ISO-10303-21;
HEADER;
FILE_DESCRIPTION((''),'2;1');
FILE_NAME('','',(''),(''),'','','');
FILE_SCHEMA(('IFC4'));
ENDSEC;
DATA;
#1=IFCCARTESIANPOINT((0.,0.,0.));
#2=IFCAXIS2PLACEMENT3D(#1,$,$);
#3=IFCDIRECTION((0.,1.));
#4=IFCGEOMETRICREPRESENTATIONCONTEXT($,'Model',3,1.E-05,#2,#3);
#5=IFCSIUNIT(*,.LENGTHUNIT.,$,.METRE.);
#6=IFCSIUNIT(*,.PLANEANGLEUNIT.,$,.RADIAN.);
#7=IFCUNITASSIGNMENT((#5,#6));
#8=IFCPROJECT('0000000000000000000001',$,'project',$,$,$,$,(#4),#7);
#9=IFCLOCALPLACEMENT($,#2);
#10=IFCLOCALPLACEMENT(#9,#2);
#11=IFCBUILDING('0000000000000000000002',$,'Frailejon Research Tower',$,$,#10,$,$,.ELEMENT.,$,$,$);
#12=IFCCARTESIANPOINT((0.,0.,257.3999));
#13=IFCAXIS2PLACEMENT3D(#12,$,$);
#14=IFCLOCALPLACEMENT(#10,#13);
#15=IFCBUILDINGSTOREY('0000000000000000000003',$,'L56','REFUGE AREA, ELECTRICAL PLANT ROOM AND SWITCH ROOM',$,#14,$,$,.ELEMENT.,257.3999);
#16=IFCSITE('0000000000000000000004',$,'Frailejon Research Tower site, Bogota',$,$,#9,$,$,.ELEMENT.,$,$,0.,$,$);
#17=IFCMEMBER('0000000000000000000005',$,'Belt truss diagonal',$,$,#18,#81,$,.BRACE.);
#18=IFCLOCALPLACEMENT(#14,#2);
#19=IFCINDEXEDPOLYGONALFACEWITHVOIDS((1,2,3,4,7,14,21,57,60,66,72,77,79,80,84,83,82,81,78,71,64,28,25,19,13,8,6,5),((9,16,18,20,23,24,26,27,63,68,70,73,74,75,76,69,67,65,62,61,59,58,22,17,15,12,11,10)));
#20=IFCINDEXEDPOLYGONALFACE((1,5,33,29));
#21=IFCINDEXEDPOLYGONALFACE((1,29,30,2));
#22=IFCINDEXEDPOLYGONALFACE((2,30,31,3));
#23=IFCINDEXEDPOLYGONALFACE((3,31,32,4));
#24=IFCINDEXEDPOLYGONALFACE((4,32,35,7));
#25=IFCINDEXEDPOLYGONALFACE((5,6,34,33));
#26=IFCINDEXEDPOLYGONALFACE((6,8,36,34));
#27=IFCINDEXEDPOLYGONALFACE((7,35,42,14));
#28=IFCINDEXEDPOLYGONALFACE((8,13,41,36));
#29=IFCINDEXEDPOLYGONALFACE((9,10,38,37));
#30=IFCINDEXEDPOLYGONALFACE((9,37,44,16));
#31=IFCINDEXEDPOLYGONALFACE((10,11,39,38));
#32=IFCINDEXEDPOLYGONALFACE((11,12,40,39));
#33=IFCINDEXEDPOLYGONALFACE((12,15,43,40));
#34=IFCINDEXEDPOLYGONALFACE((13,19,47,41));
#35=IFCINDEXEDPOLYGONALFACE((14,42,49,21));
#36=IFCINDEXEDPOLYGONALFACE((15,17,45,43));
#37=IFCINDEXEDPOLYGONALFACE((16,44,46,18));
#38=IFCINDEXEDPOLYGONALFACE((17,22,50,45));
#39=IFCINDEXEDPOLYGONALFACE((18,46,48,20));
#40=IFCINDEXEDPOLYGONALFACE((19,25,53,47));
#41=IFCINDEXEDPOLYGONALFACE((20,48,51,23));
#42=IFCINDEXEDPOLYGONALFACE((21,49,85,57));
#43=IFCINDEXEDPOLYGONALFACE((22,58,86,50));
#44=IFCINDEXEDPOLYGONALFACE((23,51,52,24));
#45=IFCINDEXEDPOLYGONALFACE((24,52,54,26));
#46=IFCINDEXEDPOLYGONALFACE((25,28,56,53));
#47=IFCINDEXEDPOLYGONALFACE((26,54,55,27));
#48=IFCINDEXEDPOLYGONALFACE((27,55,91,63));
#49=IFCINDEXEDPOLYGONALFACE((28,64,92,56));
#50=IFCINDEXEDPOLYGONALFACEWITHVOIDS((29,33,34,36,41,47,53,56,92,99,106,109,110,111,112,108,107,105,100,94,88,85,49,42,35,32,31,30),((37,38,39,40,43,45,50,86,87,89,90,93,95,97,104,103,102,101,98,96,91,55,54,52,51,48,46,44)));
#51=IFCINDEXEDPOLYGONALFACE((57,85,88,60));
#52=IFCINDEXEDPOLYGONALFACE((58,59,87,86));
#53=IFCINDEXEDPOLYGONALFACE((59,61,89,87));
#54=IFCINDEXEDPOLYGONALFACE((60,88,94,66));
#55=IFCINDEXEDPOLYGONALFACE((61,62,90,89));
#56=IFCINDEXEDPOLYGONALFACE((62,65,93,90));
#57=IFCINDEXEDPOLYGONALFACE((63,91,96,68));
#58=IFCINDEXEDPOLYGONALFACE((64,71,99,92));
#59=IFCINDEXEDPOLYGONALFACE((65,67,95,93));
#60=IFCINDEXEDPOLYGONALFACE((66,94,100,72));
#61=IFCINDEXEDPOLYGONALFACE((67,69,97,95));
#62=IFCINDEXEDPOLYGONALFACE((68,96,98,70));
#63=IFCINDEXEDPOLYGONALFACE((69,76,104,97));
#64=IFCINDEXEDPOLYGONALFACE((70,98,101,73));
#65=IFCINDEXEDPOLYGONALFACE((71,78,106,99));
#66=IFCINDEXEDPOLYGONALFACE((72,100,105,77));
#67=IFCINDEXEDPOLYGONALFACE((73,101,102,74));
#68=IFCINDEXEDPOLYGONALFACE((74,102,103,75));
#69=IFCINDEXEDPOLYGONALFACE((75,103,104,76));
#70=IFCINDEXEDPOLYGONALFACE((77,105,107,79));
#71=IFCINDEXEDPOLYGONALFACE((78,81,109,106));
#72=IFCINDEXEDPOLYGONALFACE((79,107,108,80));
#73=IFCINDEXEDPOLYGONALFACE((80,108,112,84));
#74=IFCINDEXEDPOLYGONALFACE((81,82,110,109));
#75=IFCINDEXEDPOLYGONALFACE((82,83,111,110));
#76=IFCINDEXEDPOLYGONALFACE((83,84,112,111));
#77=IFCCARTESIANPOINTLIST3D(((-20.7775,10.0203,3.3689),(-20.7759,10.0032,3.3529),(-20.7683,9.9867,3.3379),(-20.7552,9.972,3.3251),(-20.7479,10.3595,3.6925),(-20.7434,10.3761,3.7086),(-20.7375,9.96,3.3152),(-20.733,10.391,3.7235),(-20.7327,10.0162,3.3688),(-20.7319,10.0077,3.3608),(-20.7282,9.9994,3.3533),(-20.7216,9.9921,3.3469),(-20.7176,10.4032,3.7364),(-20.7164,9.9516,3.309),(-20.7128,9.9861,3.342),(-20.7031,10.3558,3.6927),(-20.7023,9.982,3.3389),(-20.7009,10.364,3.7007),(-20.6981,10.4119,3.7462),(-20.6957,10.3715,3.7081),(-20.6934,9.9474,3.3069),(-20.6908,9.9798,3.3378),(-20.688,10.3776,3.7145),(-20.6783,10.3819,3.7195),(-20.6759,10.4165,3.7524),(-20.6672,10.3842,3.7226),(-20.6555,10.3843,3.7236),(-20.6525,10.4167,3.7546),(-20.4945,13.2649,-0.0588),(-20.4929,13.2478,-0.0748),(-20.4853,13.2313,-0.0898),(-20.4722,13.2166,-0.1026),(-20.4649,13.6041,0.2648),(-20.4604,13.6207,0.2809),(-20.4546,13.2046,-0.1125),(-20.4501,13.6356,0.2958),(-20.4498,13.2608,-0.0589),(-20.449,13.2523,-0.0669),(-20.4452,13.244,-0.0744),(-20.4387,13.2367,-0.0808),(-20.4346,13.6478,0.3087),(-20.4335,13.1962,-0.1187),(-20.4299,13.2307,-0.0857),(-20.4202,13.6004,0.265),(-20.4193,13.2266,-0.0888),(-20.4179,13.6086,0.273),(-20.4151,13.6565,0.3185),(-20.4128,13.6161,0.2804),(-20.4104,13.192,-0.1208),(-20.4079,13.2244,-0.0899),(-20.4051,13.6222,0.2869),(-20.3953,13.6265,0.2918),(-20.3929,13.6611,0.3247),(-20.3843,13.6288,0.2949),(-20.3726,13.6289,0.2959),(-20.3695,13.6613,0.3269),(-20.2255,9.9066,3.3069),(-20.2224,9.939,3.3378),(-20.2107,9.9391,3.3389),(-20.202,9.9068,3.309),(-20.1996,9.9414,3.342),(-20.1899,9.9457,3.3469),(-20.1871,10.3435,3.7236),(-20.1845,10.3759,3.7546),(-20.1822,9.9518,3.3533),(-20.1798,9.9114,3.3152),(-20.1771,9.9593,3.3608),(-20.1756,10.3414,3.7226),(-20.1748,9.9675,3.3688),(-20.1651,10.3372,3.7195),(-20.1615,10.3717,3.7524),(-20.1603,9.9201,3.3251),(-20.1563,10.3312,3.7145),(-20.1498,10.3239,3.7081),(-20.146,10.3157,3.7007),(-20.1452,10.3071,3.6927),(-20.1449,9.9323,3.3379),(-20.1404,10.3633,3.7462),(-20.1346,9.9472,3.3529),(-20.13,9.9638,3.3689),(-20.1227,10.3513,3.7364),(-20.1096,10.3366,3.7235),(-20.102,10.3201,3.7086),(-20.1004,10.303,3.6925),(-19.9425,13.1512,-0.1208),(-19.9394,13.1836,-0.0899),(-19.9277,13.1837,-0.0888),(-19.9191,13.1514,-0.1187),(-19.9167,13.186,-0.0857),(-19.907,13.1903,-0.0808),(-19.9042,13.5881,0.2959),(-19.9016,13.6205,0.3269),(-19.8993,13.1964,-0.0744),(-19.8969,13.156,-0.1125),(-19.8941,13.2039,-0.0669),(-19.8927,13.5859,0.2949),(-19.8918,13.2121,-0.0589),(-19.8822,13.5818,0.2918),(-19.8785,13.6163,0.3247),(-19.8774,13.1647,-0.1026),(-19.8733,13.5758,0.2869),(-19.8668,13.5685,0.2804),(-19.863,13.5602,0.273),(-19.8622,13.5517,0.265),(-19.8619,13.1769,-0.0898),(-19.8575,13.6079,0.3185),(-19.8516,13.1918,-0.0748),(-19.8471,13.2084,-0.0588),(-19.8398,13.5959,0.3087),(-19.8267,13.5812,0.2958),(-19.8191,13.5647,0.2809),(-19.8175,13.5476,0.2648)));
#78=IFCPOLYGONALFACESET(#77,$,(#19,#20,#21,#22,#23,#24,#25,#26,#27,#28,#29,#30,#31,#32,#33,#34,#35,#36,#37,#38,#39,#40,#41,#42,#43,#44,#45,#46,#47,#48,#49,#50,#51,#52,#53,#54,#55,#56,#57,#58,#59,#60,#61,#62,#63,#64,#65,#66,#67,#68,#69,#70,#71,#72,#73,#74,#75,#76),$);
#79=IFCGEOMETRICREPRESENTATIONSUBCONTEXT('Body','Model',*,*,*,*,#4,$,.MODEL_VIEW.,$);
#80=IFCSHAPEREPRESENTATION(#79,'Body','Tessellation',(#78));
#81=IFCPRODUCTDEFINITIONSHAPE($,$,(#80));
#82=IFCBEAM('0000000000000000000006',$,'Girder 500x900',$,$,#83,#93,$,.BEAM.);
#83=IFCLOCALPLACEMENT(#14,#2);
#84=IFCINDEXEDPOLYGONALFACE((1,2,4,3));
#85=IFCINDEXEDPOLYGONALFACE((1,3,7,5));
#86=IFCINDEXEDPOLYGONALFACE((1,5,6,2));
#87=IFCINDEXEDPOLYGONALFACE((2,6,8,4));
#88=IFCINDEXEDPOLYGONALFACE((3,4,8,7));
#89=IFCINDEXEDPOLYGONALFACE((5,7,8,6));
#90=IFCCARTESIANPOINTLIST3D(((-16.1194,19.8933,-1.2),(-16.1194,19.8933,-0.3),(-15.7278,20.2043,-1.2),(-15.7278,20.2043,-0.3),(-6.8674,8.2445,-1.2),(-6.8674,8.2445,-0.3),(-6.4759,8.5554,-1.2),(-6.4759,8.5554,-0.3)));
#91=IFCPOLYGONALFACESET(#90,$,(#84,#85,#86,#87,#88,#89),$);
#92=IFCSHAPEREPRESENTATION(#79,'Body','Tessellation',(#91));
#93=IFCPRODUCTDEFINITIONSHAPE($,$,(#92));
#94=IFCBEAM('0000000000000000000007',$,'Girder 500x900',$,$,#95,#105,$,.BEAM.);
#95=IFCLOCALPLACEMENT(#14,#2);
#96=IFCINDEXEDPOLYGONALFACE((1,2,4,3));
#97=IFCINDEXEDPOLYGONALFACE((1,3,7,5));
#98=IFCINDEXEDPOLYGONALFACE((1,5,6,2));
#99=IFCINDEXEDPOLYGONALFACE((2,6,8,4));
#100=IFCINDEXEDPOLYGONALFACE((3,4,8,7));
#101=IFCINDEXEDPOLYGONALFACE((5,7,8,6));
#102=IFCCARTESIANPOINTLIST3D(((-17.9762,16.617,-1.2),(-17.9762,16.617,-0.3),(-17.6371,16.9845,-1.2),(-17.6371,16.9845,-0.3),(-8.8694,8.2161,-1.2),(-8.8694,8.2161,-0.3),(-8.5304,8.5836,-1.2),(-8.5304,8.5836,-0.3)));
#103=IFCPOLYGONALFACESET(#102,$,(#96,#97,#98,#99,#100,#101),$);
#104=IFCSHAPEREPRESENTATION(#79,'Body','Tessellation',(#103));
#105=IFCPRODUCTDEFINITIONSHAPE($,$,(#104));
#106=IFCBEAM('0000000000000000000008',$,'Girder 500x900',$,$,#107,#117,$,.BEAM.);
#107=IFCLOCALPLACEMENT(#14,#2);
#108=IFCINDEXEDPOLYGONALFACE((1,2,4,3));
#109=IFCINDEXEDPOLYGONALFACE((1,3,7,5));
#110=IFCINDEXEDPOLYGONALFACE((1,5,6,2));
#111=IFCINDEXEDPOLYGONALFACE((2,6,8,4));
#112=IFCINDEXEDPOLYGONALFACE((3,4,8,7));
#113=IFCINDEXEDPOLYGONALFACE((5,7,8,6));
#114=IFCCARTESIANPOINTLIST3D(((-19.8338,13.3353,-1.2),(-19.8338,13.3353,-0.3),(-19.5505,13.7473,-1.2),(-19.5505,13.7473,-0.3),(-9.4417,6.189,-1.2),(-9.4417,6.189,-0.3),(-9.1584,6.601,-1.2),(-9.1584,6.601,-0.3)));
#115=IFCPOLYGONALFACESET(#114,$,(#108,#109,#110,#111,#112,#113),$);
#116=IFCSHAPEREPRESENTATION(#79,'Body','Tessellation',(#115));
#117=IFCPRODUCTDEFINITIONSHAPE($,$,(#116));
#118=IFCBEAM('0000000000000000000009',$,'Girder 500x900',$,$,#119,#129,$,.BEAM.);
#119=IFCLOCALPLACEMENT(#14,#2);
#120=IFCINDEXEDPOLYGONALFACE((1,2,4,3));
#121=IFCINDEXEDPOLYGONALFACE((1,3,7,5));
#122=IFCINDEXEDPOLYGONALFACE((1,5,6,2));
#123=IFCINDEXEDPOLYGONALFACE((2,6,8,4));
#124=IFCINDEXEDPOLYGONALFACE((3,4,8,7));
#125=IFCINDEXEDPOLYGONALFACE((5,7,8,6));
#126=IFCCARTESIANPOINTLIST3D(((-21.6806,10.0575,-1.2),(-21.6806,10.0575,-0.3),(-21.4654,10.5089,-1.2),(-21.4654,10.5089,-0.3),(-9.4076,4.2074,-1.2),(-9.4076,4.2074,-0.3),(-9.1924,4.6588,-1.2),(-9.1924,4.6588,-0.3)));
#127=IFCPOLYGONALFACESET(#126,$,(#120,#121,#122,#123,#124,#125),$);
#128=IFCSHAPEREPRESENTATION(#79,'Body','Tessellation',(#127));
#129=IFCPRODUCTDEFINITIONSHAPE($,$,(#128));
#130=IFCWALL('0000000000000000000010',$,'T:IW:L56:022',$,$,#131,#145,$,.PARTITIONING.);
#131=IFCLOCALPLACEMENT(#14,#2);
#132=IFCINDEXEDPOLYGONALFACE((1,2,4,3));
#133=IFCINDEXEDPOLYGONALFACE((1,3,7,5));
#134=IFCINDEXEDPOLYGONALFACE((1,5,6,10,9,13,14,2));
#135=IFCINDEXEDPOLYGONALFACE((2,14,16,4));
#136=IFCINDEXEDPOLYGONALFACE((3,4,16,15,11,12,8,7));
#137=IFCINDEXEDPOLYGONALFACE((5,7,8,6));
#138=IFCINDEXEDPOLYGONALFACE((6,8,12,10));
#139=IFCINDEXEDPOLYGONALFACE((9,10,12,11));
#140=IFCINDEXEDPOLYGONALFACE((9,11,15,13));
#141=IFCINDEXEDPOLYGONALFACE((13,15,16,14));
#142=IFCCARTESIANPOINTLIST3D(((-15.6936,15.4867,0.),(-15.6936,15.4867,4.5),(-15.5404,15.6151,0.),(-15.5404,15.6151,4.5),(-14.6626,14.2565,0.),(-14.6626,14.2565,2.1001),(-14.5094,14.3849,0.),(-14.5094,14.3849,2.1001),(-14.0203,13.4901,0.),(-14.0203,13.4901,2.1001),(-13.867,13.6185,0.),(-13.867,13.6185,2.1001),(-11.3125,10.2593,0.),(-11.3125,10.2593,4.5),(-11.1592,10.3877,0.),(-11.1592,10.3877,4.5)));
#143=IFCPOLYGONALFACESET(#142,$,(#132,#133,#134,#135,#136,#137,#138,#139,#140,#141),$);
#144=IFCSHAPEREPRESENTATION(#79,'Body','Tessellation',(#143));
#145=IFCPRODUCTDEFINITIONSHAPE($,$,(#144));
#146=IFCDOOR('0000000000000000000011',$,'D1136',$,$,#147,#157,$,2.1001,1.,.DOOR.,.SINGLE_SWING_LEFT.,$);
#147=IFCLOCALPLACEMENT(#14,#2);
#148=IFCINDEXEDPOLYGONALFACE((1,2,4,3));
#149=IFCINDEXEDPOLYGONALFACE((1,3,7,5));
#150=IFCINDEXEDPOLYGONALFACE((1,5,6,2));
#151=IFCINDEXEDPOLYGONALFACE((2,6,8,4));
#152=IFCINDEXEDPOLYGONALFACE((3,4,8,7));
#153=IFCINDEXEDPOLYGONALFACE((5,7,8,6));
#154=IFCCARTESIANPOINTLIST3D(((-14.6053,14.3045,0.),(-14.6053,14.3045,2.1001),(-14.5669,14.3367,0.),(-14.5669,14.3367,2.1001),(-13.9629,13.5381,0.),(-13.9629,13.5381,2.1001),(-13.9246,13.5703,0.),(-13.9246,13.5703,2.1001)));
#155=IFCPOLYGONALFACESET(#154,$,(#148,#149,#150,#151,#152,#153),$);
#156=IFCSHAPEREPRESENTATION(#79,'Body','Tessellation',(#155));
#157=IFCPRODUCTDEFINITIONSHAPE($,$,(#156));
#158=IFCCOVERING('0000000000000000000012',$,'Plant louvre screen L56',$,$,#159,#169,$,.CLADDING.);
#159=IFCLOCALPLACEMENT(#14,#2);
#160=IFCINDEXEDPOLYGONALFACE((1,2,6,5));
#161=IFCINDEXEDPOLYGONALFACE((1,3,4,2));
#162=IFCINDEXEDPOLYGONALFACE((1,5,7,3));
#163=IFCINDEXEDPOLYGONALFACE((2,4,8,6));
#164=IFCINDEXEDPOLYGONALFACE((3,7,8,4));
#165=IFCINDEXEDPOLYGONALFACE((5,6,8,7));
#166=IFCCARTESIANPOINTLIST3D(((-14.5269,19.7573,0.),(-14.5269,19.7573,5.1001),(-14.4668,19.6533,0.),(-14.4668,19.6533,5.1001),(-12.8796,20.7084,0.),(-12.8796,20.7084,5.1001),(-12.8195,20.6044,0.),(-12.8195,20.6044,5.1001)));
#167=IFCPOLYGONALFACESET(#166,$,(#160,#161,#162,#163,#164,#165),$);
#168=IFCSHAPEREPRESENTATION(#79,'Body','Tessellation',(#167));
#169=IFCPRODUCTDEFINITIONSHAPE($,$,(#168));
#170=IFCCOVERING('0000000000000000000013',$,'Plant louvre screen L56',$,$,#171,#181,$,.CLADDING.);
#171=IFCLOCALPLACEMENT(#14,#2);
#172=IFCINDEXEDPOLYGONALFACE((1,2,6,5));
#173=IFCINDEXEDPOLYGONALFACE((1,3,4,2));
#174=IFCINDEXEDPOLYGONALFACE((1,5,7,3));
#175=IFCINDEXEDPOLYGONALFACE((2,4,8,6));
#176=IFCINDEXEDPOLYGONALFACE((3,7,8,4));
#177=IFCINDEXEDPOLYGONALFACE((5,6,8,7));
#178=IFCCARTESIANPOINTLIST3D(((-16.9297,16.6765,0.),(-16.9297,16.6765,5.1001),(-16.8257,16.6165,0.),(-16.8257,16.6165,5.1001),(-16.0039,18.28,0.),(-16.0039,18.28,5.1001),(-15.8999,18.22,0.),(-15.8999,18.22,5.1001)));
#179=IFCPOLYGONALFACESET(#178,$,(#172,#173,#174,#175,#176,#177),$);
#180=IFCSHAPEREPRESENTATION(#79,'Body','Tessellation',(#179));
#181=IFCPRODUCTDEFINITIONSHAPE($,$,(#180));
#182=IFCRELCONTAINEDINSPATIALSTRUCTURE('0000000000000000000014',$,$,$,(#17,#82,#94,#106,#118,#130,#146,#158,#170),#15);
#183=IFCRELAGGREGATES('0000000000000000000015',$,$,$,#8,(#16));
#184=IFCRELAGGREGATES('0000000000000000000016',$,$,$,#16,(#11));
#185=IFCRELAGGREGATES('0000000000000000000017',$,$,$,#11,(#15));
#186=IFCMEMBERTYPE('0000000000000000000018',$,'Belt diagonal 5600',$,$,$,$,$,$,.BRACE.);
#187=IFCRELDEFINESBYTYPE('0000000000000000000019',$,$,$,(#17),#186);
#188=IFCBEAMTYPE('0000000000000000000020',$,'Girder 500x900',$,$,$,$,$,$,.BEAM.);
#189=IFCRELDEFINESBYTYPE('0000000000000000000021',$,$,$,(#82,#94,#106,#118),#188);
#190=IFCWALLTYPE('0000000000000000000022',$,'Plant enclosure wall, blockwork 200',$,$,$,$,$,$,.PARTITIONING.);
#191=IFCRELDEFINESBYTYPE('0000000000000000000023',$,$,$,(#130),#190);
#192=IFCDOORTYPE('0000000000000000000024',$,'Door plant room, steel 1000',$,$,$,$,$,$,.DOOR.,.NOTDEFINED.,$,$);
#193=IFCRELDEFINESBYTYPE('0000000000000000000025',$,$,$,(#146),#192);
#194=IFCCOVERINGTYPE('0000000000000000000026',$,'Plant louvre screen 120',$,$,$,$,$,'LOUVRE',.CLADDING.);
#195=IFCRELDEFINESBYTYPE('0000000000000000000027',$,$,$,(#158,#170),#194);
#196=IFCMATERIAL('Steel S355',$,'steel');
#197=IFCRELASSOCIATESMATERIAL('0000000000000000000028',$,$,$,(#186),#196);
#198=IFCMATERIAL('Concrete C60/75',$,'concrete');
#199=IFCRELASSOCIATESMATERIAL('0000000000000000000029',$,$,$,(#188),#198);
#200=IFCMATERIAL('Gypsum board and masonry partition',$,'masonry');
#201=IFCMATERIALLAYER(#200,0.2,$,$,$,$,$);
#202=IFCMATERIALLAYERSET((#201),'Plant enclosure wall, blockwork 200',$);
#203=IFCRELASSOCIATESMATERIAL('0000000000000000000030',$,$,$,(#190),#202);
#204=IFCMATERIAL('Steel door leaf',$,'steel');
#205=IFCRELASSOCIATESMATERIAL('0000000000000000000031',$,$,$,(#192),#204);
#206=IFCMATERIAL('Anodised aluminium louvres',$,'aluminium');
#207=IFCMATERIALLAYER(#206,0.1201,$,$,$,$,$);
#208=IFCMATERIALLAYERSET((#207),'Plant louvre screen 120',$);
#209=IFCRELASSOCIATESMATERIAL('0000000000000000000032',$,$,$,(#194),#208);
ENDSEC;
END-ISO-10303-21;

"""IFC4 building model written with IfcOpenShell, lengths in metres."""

from ifc_helpers import new_model, si_unit, direction, frame, frame_2d, origin, origin_2d, place, context, subcontext, project, spatial, polyline, rectangle, hollow_rectangle, outline, extrude, material, layer, layer_set, material_profile, profile_set, type_object, element, fill, save


model = new_model("IFC4")

# Units and contexts
model_context = context("Model", 3, precision=1e-05, world=origin(), true_north=direction((0.0, 1.0)))
body_context = subcontext(model_context, "Body", "Model", "MODEL_VIEW")
ifc_project = project(units=[si_unit("LENGTHUNIT", "METRE"), si_unit("PLANEANGLEUNIT", "RADIAN")], contexts=[model_context])

# Site, building, storey
site_placement = place(None, origin())
site = spatial("IfcSite", under=ifc_project, at=site_placement, Name="Frailejon Research Tower site, Bogota", CompositionType="ELEMENT", RefElevation=0.0)
building_placement = place(site_placement, origin())
building = spatial("IfcBuilding", under=site, at=building_placement, Name="Frailejon Research Tower", CompositionType="ELEMENT")
storey_placement = place(building_placement, frame((0.0, 0.0, 257.3999)))
storey = spatial("IfcBuildingStorey", under=building, at=storey_placement, Name="L56", Description="REFUGE AREA, ELECTRICAL PLANT ROOM AND SWITCH ROOM", CompositionType="ELEMENT", Elevation=257.3999)

# Member
ifc_material_1 = material(Name="Steel S355", Category="steel")
ifc_material_profile_1 = material_profile(ifc_material_1, hollow_rectangle(XDim=0.6499, YDim=0.6499, WallThickness=0.0449, InnerFilletRadius=0.0449, OuterFilletRadius=0.0901, at=origin_2d()), Name="Belt diagonal 5600")
ifc_profile_set_1 = profile_set([ifc_material_profile_1], Name="Steel S355")
member_type = type_object("IfcMemberType", Name="Belt diagonal 5600", PredefinedType="BRACE", material=ifc_profile_set_1)
member_1_placement = place(storey_placement, frame((-20.156, 13.4062, 0.103), z_axis=(-0.059843, -0.686211, 0.724936), x_axis=(0.996219, -0.086879, 0.0)))
element("IfcMember", 1, at=member_1_placement, inside=storey, type_object=member_type, Name="Belt truss diagonal", PredefinedType="BRACE", context=body_context, shape_type="SweptSolid", body=[
    extrude(hollow_rectangle(XDim=0.6499, YDim=0.6499, WallThickness=0.0449, InnerFilletRadius=0.0449, OuterFilletRadius=0.0901, at=origin_2d()), origin(), (0.0, 0.0, 1.0), 4.7283),
])

# Beams
ifc_material_2 = material(Name="Concrete C60/75", Category="concrete")
ifc_material_profile_2 = material_profile(ifc_material_2, rectangle(XDim=0.5, YDim=0.8999, at=origin_2d()), Name="Girder 500x900")
ifc_profile_set_2 = profile_set([ifc_material_profile_2], Name="Concrete C60/75")
beam_type_1 = type_object("IfcBeamType", Name="Girder 500x900", PredefinedType="BEAM", material=ifc_profile_set_2)
beam_1_placement = place(storey_placement, frame((-15.9236, 20.0488, -0.75), z_axis=(0.621937, -0.783067, 0.0), x_axis=(0.783067, 0.621937, 0.0)))
element("IfcBeam", 2, at=beam_1_placement, inside=storey, type_object=beam_type_1, Name="Girder 500x900", PredefinedType="BEAM", context=body_context, shape_type="SweptSolid", body=[
    extrude(rectangle(XDim=0.5, YDim=0.8999, at=origin_2d()), origin(), (0.0, 0.0, 1.0), 14.876),
])
beam_2_placement = place(storey_placement, frame((-17.8066, 16.8008, -0.75), z_axis=(0.735016, -0.678049, 0.0), x_axis=(0.678049, 0.735016, 0.0)))
element("IfcBeam", 3, at=beam_2_placement, inside=storey, type_object=beam_type_1, Name="Girder 500x900", PredefinedType="BEAM", context=body_context, shape_type="SweptSolid", body=[
    extrude(rectangle(XDim=0.5, YDim=0.8999, at=origin_2d()), origin(), (0.0, 0.0, 1.0), 12.3899),
])
beam_3_placement = place(storey_placement, frame((-19.6921, 13.5413, -0.75), z_axis=(0.82398, -0.566619, 0.0), x_axis=(0.566619, 0.82398, 0.0)))
element("IfcBeam", 4, at=beam_3_placement, inside=storey, type_object=beam_type_1, Name="Girder 500x900", PredefinedType="BEAM", context=body_context, shape_type="SweptSolid", body=[
    extrude(rectangle(XDim=0.5, YDim=0.8999, at=origin_2d()), origin(), (0.0, 0.0, 1.0), 12.6121),
])
beam_4_placement = place(storey_placement, frame((-21.573, 10.2832, -0.75), z_axis=(0.902694, -0.430283, 0.0), x_axis=(0.430283, 0.902694, 0.0)))
element("IfcBeam", 5, at=beam_4_placement, inside=storey, type_object=beam_type_1, Name="Girder 500x900", PredefinedType="BEAM", context=body_context, shape_type="SweptSolid", body=[
    extrude(rectangle(XDim=0.5, YDim=0.8999, at=origin_2d()), origin(), (0.0, 0.0, 1.0), 13.5959),
])

# Wall, opening, door
ifc_material_3 = material(Name="Gypsum board and masonry partition", Category="masonry")
ifc_layer_1 = layer(ifc_material_3, 0.2)
ifc_layer_set_1 = layer_set([ifc_layer_1], Name="Plant enclosure wall, blockwork 200")
wall_type = type_object("IfcWallType", Name="Plant enclosure wall, blockwork 200", PredefinedType="PARTITIONING", material=ifc_layer_set_1)
wall_placement = place(storey_placement, frame((-15.6169, 15.5508, 0.0), z_axis=(0.0, 0.0, 1.0), x_axis=(0.642347, -0.766414, 0.0)))
wall = element("IfcWall", 6, at=wall_placement, inside=storey, type_object=wall_type, Name="T:IW:L56:022", PredefinedType="PARTITIONING", context=body_context, shape_type="SweptSolid", body=[
    extrude(rectangle(XDim=6.8206, YDim=0.2, at=frame_2d((3.4102, 0.0))), origin(), (0.0, 0.0, 1.0), 4.5),
])
opening_placement = place(wall_placement, frame((1.605, 0.0, 0.0)))
opening = element("IfcOpeningElement", 7, at=opening_placement, cuts=wall, PredefinedType="OPENING", context=body_context, shape_type="SweptSolid", body=[
    extrude(rectangle(XDim=1.0, YDim=2.1001, at=frame_2d((0.5, 1.05))), frame((0.0, 0.1099, 0.0), z_axis=(0.0, -1.0, 0.0), x_axis=(1.0, 0.0, 0.0)), (0.0, 0.0, 1.0), 0.22),
])
ifc_material_4 = material(Name="Steel door leaf", Category="steel")
door_type = type_object("IfcDoorType", Name="Door plant room, steel 1000", OperationType="NOTDEFINED", PredefinedType="DOOR", material=ifc_material_4)
door_placement = place(opening_placement, origin())
door = element("IfcDoor", 8, at=door_placement, inside=storey, type_object=door_type, Name="D1136", OperationType="SINGLE_SWING_LEFT", OverallHeight=2.1001, OverallWidth=1.0, PredefinedType="DOOR", context=body_context, shape_type="SweptSolid", body=[
    extrude(rectangle(XDim=1.0, YDim=2.1001, at=frame_2d((0.5, 1.05))), frame((0.0, 0.0249, 0.0), z_axis=(0.0, -1.0, 0.0), x_axis=(1.0, 0.0, 0.0)), (0.0, 0.0, 1.0), 0.05),
])
fill(opening, door)

# Coverings
ifc_material_5 = material(Name="Anodised aluminium louvres", Category="aluminium")
ifc_layer_2 = layer(ifc_material_5, 0.1201)
ifc_layer_set_2 = layer_set([ifc_layer_2], Name="Plant louvre screen 120")
covering_type = type_object("IfcCoveringType", Name="Plant louvre screen 120", ElementType="LOUVRE", PredefinedType="CLADDING", material=ifc_layer_set_2)
covering_1_placement = place(storey_placement, frame((-14.5269, 19.7573, 0.0), z_axis=(0.866024, 0.500003, 0.0), x_axis=(-0.500003, 0.866024, 0.0)))
element("IfcCovering", 9, at=covering_1_placement, inside=storey, type_object=covering_type, Name="Plant louvre screen L56", PredefinedType="CLADDING", context=body_context, shape_type="SweptSolid", body=[
    extrude(outline(polyline([(-0.1201, 0.0), (0.0, 0.0), (0.0, 5.1001), (-0.1201, 5.1001), (-0.1201, 0.0)])), origin(), (0.0, 0.0, 1.0), 1.9021),
])
for number, where, z_axis, x_axis, name in (
    (10, (-16.9297, 16.6765, 0.0), (0.499997, 0.866027, 0.0), (-0.866027, 0.499997, 0.0), "Plant louvre screen L56"),
):
    element("IfcCovering", number, at=place(storey_placement, frame(where, z_axis=z_axis, x_axis=x_axis)), inside=storey, type_object=covering_type, Name=name, PredefinedType="CLADDING", context=body_context, shape_type="SweptSolid", body=[
        extrude(outline(polyline([(-0.1201, 0.0), (0.0, 0.0), (0.0, 5.1001), (-0.1201, 5.1001), (-0.1201, 0.0)])), origin(), (0.0, 0.0, 1.0), 1.8516),
    ])

save(model, "model.ifc")
